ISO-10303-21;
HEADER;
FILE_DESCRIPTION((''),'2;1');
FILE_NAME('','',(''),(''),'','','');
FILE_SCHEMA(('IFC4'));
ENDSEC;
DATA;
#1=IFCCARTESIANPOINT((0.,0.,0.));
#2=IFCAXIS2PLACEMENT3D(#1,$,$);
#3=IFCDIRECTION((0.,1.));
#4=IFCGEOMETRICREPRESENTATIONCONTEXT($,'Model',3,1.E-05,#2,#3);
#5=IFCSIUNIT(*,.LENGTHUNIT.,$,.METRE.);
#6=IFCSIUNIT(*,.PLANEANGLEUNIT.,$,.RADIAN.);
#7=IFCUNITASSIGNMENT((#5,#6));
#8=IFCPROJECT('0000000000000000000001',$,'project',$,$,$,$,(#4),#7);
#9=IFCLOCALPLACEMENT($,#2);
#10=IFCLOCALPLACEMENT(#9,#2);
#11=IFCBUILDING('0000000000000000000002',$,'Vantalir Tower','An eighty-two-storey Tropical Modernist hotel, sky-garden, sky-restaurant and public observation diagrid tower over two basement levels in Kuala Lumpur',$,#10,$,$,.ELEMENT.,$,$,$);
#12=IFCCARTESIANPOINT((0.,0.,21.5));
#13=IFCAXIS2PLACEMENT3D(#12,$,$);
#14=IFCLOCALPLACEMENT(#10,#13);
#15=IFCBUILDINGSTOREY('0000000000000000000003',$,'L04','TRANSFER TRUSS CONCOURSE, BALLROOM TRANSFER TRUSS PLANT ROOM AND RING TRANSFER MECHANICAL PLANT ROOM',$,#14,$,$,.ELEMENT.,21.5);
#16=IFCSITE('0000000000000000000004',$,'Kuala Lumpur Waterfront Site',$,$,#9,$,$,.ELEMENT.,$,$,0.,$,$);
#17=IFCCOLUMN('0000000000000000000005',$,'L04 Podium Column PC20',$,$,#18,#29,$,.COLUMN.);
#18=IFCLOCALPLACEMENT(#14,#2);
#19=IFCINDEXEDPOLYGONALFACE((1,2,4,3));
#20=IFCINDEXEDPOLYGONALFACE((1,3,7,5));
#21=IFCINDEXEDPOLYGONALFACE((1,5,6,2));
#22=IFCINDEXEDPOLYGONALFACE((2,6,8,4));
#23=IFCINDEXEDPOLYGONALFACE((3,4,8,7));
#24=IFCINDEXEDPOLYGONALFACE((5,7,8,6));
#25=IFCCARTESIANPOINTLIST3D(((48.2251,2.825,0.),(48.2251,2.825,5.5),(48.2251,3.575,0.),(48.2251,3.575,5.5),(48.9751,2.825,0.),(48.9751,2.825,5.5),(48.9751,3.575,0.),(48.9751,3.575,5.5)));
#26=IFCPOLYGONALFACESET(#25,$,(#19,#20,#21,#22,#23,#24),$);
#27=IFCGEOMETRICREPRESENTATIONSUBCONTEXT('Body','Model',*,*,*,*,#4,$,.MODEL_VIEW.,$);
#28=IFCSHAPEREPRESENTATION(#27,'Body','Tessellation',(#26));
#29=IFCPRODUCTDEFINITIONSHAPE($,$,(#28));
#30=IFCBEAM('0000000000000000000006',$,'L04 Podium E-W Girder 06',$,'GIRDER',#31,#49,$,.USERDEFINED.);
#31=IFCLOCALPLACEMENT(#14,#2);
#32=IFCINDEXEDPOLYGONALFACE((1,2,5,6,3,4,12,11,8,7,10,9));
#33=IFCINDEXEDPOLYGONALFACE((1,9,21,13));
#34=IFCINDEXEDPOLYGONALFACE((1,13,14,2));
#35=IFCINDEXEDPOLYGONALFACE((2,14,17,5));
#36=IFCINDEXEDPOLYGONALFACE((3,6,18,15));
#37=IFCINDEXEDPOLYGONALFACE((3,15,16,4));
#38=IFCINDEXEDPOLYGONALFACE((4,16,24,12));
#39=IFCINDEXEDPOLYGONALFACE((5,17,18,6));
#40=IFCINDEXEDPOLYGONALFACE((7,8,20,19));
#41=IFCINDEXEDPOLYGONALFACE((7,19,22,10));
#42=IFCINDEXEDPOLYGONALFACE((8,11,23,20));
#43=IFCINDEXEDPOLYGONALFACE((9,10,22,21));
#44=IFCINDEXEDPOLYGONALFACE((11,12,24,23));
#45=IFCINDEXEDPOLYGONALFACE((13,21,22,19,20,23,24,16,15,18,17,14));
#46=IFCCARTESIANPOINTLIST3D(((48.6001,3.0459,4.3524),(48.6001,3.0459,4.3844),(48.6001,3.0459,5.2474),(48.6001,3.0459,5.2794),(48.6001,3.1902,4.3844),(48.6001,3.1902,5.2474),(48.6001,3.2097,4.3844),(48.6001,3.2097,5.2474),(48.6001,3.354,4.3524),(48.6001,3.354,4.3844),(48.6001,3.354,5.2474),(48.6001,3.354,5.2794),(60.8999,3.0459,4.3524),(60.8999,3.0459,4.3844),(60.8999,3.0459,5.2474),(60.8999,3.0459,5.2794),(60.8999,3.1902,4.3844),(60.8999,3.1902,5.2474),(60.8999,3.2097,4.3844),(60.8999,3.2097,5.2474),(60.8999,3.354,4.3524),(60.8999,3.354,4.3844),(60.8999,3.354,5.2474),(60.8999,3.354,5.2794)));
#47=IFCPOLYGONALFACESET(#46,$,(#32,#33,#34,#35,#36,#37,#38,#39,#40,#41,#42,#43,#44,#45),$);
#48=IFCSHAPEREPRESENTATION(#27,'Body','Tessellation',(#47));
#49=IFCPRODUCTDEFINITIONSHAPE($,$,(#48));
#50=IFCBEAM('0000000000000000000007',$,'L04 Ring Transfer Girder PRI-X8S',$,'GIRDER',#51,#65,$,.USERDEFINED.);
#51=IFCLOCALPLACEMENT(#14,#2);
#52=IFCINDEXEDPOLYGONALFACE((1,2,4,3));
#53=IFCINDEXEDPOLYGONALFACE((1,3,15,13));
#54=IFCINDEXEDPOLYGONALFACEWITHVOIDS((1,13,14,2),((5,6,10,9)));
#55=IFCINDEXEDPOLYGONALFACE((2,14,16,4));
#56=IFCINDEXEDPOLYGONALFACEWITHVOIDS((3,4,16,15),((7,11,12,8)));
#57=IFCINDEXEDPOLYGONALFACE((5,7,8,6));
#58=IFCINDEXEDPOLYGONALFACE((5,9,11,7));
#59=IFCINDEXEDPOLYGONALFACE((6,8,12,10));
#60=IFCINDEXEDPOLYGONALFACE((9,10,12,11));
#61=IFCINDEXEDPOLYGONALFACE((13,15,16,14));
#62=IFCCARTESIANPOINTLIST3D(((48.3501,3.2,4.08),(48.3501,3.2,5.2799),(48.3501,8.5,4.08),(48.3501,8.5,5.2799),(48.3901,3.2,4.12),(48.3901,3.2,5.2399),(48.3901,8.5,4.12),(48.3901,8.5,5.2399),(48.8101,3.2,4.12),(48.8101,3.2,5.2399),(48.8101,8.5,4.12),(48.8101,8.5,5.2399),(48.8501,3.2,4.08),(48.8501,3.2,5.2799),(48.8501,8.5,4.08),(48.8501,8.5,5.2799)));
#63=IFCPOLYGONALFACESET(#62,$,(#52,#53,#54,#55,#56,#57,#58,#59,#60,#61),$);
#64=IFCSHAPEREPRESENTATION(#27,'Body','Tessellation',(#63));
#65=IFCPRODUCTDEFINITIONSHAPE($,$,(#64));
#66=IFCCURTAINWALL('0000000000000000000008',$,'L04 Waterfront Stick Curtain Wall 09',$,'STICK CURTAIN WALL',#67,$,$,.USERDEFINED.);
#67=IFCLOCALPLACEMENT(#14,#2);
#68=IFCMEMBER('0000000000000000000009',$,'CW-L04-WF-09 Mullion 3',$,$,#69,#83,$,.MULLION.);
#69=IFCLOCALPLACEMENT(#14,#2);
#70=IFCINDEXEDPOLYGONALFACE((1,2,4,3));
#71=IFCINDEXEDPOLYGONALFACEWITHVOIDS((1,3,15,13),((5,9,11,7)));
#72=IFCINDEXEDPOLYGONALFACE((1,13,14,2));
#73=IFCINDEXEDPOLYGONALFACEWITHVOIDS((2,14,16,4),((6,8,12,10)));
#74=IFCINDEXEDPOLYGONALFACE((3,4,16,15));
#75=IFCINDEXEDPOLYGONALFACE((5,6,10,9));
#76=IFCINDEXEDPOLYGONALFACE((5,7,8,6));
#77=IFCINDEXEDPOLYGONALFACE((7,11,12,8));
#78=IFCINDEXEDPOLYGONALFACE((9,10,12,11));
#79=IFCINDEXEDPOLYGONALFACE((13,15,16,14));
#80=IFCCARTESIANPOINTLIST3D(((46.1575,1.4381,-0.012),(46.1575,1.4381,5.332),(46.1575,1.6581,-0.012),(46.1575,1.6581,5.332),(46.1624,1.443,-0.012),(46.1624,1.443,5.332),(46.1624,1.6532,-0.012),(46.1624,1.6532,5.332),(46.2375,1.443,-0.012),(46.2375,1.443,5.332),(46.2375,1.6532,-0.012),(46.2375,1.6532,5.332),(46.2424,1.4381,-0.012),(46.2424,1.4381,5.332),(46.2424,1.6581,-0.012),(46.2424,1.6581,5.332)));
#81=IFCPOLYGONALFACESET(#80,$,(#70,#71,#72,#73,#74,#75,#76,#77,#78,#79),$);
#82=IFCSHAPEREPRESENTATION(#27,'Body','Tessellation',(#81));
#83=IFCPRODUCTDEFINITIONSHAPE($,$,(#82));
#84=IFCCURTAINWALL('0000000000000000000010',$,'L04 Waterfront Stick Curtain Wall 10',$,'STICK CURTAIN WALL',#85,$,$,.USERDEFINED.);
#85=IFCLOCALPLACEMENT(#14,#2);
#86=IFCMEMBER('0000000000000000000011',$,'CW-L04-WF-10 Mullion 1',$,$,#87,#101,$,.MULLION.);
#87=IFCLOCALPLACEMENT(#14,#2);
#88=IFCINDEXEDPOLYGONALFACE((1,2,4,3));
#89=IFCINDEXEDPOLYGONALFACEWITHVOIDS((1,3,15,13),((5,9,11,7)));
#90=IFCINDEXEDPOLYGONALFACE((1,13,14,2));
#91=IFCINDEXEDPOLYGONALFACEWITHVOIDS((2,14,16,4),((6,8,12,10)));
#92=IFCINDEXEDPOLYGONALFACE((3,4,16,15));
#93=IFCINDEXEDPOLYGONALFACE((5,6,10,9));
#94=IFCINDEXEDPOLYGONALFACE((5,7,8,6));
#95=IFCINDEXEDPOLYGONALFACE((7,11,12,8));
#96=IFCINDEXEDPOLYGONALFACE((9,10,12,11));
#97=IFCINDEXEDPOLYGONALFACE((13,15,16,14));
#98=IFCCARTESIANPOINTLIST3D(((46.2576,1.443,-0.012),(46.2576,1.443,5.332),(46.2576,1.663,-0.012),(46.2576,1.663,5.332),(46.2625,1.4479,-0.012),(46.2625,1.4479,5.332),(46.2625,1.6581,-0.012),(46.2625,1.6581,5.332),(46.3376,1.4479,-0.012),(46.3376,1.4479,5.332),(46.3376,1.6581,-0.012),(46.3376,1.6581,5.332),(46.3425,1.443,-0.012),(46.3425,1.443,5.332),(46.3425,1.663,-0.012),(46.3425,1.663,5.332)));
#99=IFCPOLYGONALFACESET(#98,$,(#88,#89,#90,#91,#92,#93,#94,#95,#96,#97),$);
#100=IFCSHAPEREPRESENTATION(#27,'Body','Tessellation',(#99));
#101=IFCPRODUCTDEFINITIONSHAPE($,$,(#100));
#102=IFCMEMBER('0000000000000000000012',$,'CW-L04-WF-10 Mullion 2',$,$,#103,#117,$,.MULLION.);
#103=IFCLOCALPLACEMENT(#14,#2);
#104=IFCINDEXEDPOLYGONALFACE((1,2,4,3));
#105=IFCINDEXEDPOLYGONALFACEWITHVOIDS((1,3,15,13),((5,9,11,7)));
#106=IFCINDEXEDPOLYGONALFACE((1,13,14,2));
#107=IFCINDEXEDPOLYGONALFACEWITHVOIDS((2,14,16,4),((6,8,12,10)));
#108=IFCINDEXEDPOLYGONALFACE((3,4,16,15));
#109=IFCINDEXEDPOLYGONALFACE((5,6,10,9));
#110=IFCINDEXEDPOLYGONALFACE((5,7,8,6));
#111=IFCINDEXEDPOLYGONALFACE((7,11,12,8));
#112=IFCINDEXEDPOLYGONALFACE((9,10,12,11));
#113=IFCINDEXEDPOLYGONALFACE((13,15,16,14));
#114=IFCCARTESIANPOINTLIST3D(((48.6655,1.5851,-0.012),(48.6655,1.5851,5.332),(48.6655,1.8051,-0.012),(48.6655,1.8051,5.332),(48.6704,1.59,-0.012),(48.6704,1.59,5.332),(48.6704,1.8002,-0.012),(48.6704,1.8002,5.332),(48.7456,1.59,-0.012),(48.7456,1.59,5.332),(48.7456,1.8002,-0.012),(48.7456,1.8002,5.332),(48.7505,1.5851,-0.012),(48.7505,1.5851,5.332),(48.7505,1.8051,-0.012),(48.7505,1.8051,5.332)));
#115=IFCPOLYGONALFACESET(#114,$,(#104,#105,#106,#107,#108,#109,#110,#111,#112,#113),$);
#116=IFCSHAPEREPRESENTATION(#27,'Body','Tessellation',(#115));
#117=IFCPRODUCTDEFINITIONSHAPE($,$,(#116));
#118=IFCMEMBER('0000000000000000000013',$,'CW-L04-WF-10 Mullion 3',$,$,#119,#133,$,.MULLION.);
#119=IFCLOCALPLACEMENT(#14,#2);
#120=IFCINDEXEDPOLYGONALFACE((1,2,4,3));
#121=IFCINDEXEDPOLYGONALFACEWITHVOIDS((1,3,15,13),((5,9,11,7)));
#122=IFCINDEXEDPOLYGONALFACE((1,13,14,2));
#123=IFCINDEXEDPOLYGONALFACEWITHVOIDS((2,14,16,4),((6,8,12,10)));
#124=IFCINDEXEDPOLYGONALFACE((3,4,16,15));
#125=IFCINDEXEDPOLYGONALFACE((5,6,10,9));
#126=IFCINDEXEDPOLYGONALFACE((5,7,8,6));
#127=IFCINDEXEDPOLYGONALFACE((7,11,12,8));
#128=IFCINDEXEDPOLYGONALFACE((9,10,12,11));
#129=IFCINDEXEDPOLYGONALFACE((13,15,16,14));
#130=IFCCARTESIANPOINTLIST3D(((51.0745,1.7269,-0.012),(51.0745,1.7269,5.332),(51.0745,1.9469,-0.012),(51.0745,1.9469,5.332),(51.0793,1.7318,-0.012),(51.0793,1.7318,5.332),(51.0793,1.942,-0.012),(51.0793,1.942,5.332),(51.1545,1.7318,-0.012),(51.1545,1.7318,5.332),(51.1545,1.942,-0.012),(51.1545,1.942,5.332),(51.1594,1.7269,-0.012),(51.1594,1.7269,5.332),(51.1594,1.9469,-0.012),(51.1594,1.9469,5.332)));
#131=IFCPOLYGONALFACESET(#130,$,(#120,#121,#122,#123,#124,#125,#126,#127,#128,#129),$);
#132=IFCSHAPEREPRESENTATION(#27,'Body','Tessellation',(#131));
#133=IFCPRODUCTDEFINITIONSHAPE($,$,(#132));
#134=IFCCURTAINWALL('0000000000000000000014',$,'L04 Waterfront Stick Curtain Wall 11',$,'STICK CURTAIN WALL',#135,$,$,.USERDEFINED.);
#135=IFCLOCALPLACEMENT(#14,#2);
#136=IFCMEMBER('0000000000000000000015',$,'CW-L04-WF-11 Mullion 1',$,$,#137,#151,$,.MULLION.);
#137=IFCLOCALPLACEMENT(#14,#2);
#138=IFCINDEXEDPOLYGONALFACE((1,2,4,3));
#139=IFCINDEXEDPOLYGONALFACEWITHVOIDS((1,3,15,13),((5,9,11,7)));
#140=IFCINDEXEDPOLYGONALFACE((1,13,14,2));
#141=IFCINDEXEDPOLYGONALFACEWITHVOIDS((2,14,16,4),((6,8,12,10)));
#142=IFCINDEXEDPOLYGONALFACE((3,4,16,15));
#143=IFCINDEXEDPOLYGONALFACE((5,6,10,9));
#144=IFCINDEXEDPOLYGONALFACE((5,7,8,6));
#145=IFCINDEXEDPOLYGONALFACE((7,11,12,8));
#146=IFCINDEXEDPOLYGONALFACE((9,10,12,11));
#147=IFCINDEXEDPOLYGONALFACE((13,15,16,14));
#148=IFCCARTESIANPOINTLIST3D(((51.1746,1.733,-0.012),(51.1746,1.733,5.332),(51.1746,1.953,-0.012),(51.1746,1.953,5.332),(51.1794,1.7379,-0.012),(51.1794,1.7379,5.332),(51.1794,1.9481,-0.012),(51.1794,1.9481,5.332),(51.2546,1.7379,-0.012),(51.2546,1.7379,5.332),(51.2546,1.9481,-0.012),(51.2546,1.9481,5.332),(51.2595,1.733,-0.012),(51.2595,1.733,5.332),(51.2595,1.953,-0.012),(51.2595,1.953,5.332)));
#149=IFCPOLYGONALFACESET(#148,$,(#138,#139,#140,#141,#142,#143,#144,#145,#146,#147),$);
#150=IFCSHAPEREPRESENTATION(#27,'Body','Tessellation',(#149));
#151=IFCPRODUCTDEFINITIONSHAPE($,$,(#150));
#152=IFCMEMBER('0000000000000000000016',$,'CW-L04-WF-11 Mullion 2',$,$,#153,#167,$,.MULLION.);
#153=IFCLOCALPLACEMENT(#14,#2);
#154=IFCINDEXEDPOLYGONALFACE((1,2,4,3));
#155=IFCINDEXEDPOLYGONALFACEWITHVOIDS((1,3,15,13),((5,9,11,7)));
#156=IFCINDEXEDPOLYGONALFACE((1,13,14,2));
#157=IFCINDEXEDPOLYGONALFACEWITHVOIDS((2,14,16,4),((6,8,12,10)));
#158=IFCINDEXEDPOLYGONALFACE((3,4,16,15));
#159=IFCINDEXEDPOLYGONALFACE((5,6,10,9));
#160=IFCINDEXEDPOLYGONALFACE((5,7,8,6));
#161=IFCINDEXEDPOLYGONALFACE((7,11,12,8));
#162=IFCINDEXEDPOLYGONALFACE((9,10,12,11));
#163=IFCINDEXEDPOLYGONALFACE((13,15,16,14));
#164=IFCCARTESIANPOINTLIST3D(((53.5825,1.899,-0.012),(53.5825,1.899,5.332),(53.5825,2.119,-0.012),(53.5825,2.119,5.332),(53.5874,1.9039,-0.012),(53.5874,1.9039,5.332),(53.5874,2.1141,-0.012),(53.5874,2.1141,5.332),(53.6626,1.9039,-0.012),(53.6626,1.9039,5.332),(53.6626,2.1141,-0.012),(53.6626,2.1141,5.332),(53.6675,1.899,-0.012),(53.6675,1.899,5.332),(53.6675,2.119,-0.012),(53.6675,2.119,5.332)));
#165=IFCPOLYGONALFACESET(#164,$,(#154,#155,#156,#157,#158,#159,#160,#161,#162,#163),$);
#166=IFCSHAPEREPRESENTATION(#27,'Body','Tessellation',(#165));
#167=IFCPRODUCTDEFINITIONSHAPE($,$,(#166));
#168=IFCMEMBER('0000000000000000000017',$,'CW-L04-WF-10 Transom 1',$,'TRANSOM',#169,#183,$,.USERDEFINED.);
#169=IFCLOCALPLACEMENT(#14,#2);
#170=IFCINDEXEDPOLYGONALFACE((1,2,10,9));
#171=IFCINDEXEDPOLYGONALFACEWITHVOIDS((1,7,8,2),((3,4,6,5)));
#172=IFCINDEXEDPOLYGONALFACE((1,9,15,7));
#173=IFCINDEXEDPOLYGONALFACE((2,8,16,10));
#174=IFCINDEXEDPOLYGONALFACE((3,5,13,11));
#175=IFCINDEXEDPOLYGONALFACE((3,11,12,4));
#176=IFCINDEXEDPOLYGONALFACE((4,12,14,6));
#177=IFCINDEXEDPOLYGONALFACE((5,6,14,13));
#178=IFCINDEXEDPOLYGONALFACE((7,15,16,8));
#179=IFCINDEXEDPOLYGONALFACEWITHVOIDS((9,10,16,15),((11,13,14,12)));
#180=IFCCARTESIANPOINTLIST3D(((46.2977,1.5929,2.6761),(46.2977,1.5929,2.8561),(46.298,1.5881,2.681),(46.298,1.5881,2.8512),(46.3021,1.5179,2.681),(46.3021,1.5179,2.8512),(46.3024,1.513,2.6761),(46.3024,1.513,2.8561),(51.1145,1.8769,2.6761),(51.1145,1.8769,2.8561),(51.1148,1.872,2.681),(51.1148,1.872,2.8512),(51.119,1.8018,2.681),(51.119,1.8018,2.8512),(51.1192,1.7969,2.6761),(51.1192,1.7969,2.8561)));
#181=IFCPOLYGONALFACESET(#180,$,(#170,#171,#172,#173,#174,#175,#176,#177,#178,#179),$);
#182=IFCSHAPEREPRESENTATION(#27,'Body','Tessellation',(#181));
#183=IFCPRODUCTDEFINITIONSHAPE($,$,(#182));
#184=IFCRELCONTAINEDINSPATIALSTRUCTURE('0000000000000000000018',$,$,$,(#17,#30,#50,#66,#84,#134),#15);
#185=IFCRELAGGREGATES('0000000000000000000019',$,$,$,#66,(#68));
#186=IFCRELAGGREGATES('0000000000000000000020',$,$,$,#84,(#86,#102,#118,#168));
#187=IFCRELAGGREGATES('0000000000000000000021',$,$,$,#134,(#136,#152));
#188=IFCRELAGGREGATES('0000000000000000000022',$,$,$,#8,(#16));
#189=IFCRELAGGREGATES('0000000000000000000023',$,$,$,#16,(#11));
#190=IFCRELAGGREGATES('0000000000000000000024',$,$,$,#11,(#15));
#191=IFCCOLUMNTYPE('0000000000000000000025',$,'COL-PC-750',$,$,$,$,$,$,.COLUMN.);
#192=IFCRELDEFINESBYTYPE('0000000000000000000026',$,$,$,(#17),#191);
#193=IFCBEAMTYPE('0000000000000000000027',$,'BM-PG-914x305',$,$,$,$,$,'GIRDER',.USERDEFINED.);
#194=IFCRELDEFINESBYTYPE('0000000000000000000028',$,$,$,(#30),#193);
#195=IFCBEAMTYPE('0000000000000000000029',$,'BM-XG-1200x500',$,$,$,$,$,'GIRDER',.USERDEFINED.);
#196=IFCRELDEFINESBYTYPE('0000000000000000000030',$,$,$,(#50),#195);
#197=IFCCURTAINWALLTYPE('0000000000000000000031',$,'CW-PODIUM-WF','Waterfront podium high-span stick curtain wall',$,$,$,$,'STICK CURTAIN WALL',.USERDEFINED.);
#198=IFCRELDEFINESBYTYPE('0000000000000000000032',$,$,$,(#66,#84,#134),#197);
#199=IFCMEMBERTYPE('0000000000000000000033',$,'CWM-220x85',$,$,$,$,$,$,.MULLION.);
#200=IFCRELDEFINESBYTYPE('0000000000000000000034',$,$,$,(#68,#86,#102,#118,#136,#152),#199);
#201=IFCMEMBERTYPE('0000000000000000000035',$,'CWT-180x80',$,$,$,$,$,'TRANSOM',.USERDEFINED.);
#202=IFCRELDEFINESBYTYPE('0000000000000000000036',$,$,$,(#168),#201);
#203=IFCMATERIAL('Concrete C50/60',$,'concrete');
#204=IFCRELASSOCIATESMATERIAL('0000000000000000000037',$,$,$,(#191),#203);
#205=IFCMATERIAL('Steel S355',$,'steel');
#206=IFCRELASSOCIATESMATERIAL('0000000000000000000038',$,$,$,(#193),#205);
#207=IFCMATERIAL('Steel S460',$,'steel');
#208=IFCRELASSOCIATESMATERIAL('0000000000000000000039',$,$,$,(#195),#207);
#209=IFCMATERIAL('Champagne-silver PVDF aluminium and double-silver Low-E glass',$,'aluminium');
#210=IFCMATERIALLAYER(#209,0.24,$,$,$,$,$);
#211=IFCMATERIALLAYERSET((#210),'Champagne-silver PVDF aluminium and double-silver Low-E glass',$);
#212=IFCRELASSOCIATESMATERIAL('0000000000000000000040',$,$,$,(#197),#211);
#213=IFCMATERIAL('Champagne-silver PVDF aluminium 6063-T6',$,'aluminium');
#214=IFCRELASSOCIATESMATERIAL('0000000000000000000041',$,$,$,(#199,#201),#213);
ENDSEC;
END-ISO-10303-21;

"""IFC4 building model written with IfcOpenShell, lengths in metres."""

from ifc_helpers import new_model, si_unit, direction, frame, origin, origin_2d, place, context, subcontext, project, spatial, rectangle, hollow_rectangle, i_section, extrude, material, layer, layer_set, material_profile, profile_set, type_object, element, aggregate, save


model = new_model("IFC4")

# Units and contexts
model_context = context("Model", 3, precision=1e-05, world=origin(), true_north=direction((0.0, 1.0)))
body_context = subcontext(model_context, "Body", "Model", "MODEL_VIEW")
ifc_project = project(units=[si_unit("LENGTHUNIT", "METRE"), si_unit("PLANEANGLEUNIT", "RADIAN")], contexts=[model_context])

# Site, building, storey
site_placement = place(None, origin())
site = spatial("IfcSite", under=ifc_project, at=site_placement, Name="Kuala Lumpur Waterfront Site", CompositionType="ELEMENT", RefElevation=0.0)
building_placement = place(site_placement, origin())
building = spatial("IfcBuilding", under=site, at=building_placement, Name="Vantalir Tower", Description="An eighty-two-storey Tropical Modernist hotel, sky-garden, sky-restaurant and public observation diagrid tower over two basement levels in Kuala Lumpur", CompositionType="ELEMENT")
storey_placement = place(building_placement, frame((0.0, 0.0, 21.5)))
storey = spatial("IfcBuildingStorey", under=building, at=storey_placement, Name="L04", Description="TRANSFER TRUSS CONCOURSE, BALLROOM TRANSFER TRUSS PLANT ROOM AND RING TRANSFER MECHANICAL PLANT ROOM", CompositionType="ELEMENT", Elevation=21.5)

# Column
ifc_material_1 = material(Name="Concrete C50/60", Category="concrete")
ifc_material_profile_1 = material_profile(ifc_material_1, rectangle(XDim=0.75, YDim=0.75, at=origin_2d()), Name="Concrete C50/60")
ifc_profile_set_1 = profile_set([ifc_material_profile_1], Name="Concrete C50/60")
column_type = type_object("IfcColumnType", Name="COL-PC-750", PredefinedType="COLUMN", material=ifc_profile_set_1)
column_placement = place(storey_placement, frame((48.6001, 3.2, 0.0), z_axis=(0.0, 0.0, 1.0), x_axis=(1.0, 0.0, 0.0)))
element("IfcColumn", 1, at=column_placement, inside=storey, type_object=column_type, Name="L04 Podium Column PC20", PredefinedType="COLUMN", context=body_context, shape_type="SweptSolid", body=[
    extrude(rectangle(XDim=0.75, YDim=0.75, at=origin_2d()), origin(), (0.0, 0.0, 1.0), 5.5),
])

# Beams
ifc_material_2 = material(Name="Steel S355", Category="steel")
ifc_material_profile_2 = material_profile(ifc_material_2, i_section(OverallWidth=0.3081, OverallDepth=0.927, WebThickness=0.0195, FlangeThickness=0.032, at=origin_2d()), Name="Steel S355")
ifc_profile_set_2 = profile_set([ifc_material_profile_2], Name="Steel S355")
beam_type_1 = type_object("IfcBeamType", Name="BM-PG-914x305", ElementType="GIRDER", PredefinedType="USERDEFINED", material=ifc_profile_set_2)
beam_1_placement = place(storey_placement, frame((48.6001, 3.2, 4.8159), z_axis=(1.0, 0.0, 0.0), x_axis=(0.0, 1.0, 0.0)))
element("IfcBeam", 2, at=beam_1_placement, inside=storey, type_object=beam_type_1, Name="L04 Podium E-W Girder 06", ObjectType="GIRDER", PredefinedType="USERDEFINED", context=body_context, shape_type="SweptSolid", body=[
    extrude(i_section(OverallWidth=0.3081, OverallDepth=0.927, WebThickness=0.0195, FlangeThickness=0.032, at=origin_2d()), origin(), (0.0, 0.0, 1.0), 12.2998),
])
ifc_material_3 = material(Name="Steel S460", Category="steel")
ifc_material_profile_3 = material_profile(ifc_material_3, hollow_rectangle(XDim=0.5, YDim=1.2, WallThickness=0.04, at=origin_2d()), Name="Steel S460")
ifc_profile_set_3 = profile_set([ifc_material_profile_3], Name="Steel S460")
beam_type_2 = type_object("IfcBeamType", Name="BM-XG-1200x500", ElementType="GIRDER", PredefinedType="USERDEFINED", material=ifc_profile_set_3)
beam_2_placement = place(storey_placement, frame((48.6001, 3.2, 4.6799), z_axis=(0.0, 1.0, 0.0), x_axis=(-1.0, 0.0, 0.0)))
element("IfcBeam", 3, at=beam_2_placement, inside=storey, type_object=beam_type_2, Name="L04 Ring Transfer Girder PRI-X8S", ObjectType="GIRDER", PredefinedType="USERDEFINED", context=body_context, shape_type="SweptSolid", body=[
    extrude(hollow_rectangle(XDim=0.5, YDim=1.2, WallThickness=0.04, at=origin_2d()), origin(), (0.0, 0.0, 1.0), 5.3),
])

# Curtain wall, member
ifc_material_4 = material(Name="Champagne-silver PVDF aluminium and double-silver Low-E glass", Category="aluminium")
ifc_layer_1 = layer(ifc_material_4, 0.24)
ifc_layer_set_1 = layer_set([ifc_layer_1], Name="Champagne-silver PVDF aluminium and double-silver Low-E glass")
curtain_wall_type = type_object("IfcCurtainWallType", Name="CW-PODIUM-WF", Description="Waterfront podium high-span stick curtain wall", ElementType="STICK CURTAIN WALL", PredefinedType="USERDEFINED", material=ifc_layer_set_1)
curtain_wall_1_placement = place(storey_placement, origin())
curtain_wall_1 = element("IfcCurtainWall", 4, at=curtain_wall_1_placement, inside=storey, type_object=curtain_wall_type, Name="L04 Waterfront Stick Curtain Wall 09", ObjectType="STICK CURTAIN WALL", PredefinedType="USERDEFINED")
ifc_material_5 = material(Name="Champagne-silver PVDF aluminium 6063-T6", Category="aluminium")
ifc_material_profile_4 = material_profile(ifc_material_5, hollow_rectangle(XDim=0.085, YDim=0.22, WallThickness=0.0049, at=origin_2d()), Name="Champagne-silver PVDF aluminium 6063-T6")
ifc_profile_set_4 = profile_set([ifc_material_profile_4], Name="Champagne-silver PVDF aluminium 6063-T6")
member_type_1 = type_object("IfcMemberType", Name="CWM-220x85", PredefinedType="MULLION", material=ifc_profile_set_4)
member_1_placement = place(storey_placement, frame((46.2, 1.5481, -0.012), z_axis=(0.0, 0.0, 1.0), x_axis=(1.0, 0.0, 0.0)))
member_1 = element("IfcMember", 5, at=member_1_placement, type_object=member_type_1, Name="CW-L04-WF-09 Mullion 3", PredefinedType="MULLION", context=body_context, shape_type="SweptSolid", body=[
    extrude(hollow_rectangle(XDim=0.085, YDim=0.22, WallThickness=0.0049, at=origin_2d()), origin(), (0.0, 0.0, 1.0), 5.344),
])

# Curtain walls, members
curtain_wall_2_placement = place(storey_placement, origin())
curtain_wall_2 = element("IfcCurtainWall", 6, at=curtain_wall_2_placement, inside=storey, type_object=curtain_wall_type, Name="L04 Waterfront Stick Curtain Wall 10", ObjectType="STICK CURTAIN WALL", PredefinedType="USERDEFINED")
member_2_placement = place(storey_placement, frame((46.3, 1.553, -0.012), z_axis=(0.0, 0.0, 1.0), x_axis=(1.0, 0.0, 0.0)))
member_2 = element("IfcMember", 7, at=member_2_placement, type_object=member_type_1, Name="CW-L04-WF-10 Mullion 1", PredefinedType="MULLION", context=body_context, shape_type="SweptSolid", body=[
    extrude(hollow_rectangle(XDim=0.085, YDim=0.22, WallThickness=0.0049, at=origin_2d()), origin(), (0.0, 0.0, 1.0), 5.344),
])
member_3_placement = place(storey_placement, frame((48.708, 1.6951, -0.012), z_axis=(0.0, 0.0, 1.0), x_axis=(1.0, 0.0, 0.0)))
member_3 = element("IfcMember", 8, at=member_3_placement, type_object=member_type_1, Name="CW-L04-WF-10 Mullion 2", PredefinedType="MULLION", context=body_context, shape_type="SweptSolid", body=[
    extrude(hollow_rectangle(XDim=0.085, YDim=0.22, WallThickness=0.0049, at=origin_2d()), origin(), (0.0, 0.0, 1.0), 5.344),
])
member_4_placement = place(storey_placement, frame((51.1169, 1.8369, -0.012), z_axis=(0.0, 0.0, 1.0), x_axis=(1.0, 0.0, 0.0)))
member_4 = element("IfcMember", 9, at=member_4_placement, type_object=member_type_1, Name="CW-L04-WF-10 Mullion 3", PredefinedType="MULLION", context=body_context, shape_type="SweptSolid", body=[
    extrude(hollow_rectangle(XDim=0.085, YDim=0.22, WallThickness=0.0049, at=origin_2d()), origin(), (0.0, 0.0, 1.0), 5.344),
])
curtain_wall_3_placement = place(storey_placement, origin())
curtain_wall_3 = element("IfcCurtainWall", 10, at=curtain_wall_3_placement, inside=storey, type_object=curtain_wall_type, Name="L04 Waterfront Stick Curtain Wall 11", ObjectType="STICK CURTAIN WALL", PredefinedType="USERDEFINED")
member_5_placement = place(storey_placement, frame((51.217, 1.843, -0.012), z_axis=(0.0, 0.0, 1.0), x_axis=(1.0, 0.0, 0.0)))
member_5 = element("IfcMember", 11, at=member_5_placement, type_object=member_type_1, Name="CW-L04-WF-11 Mullion 1", PredefinedType="MULLION", context=body_context, shape_type="SweptSolid", body=[
    extrude(hollow_rectangle(XDim=0.085, YDim=0.22, WallThickness=0.0049, at=origin_2d()), origin(), (0.0, 0.0, 1.0), 5.344),
])
member_6_placement = place(storey_placement, frame((53.625, 2.009, -0.012), z_axis=(0.0, 0.0, 1.0), x_axis=(1.0, 0.0, 0.0)))
member_6 = element("IfcMember", 12, at=member_6_placement, type_object=member_type_1, Name="CW-L04-WF-11 Mullion 2", PredefinedType="MULLION", context=body_context, shape_type="SweptSolid", body=[
    extrude(hollow_rectangle(XDim=0.085, YDim=0.22, WallThickness=0.0049, at=origin_2d()), origin(), (0.0, 0.0, 1.0), 5.344),
])

# Member
ifc_material_profile_5 = material_profile(ifc_material_5, hollow_rectangle(XDim=0.0801, YDim=0.1799, WallThickness=0.0049, at=origin_2d()), Name="Champagne-silver PVDF aluminium 6063-T6")
ifc_profile_set_5 = profile_set([ifc_material_profile_5], Name="Champagne-silver PVDF aluminium 6063-T6")
member_type_2 = type_object("IfcMemberType", Name="CWT-180x80", ElementType="TRANSOM", PredefinedType="USERDEFINED", material=ifc_profile_set_5)
member_7_placement = place(storey_placement, frame((46.3, 1.553, 2.7661), z_axis=(0.998267, 0.058844, 0.0), x_axis=(-0.058844, 0.998267, 0.0)))
member_7 = element("IfcMember", 13, at=member_7_placement, type_object=member_type_2, Name="CW-L04-WF-10 Transom 1", ObjectType="TRANSOM", PredefinedType="USERDEFINED", context=body_context, shape_type="SweptSolid", body=[
    extrude(hollow_rectangle(XDim=0.0801, YDim=0.1799, WallThickness=0.0049, at=origin_2d()), origin(), (0.0, 0.0, 1.0), 4.8252),
])

aggregate(curtain_wall_1, [member_1])
aggregate(curtain_wall_2, [member_2, member_3, member_4, member_7])
aggregate(curtain_wall_3, [member_5, member_6])

save(model, "model.ifc")
